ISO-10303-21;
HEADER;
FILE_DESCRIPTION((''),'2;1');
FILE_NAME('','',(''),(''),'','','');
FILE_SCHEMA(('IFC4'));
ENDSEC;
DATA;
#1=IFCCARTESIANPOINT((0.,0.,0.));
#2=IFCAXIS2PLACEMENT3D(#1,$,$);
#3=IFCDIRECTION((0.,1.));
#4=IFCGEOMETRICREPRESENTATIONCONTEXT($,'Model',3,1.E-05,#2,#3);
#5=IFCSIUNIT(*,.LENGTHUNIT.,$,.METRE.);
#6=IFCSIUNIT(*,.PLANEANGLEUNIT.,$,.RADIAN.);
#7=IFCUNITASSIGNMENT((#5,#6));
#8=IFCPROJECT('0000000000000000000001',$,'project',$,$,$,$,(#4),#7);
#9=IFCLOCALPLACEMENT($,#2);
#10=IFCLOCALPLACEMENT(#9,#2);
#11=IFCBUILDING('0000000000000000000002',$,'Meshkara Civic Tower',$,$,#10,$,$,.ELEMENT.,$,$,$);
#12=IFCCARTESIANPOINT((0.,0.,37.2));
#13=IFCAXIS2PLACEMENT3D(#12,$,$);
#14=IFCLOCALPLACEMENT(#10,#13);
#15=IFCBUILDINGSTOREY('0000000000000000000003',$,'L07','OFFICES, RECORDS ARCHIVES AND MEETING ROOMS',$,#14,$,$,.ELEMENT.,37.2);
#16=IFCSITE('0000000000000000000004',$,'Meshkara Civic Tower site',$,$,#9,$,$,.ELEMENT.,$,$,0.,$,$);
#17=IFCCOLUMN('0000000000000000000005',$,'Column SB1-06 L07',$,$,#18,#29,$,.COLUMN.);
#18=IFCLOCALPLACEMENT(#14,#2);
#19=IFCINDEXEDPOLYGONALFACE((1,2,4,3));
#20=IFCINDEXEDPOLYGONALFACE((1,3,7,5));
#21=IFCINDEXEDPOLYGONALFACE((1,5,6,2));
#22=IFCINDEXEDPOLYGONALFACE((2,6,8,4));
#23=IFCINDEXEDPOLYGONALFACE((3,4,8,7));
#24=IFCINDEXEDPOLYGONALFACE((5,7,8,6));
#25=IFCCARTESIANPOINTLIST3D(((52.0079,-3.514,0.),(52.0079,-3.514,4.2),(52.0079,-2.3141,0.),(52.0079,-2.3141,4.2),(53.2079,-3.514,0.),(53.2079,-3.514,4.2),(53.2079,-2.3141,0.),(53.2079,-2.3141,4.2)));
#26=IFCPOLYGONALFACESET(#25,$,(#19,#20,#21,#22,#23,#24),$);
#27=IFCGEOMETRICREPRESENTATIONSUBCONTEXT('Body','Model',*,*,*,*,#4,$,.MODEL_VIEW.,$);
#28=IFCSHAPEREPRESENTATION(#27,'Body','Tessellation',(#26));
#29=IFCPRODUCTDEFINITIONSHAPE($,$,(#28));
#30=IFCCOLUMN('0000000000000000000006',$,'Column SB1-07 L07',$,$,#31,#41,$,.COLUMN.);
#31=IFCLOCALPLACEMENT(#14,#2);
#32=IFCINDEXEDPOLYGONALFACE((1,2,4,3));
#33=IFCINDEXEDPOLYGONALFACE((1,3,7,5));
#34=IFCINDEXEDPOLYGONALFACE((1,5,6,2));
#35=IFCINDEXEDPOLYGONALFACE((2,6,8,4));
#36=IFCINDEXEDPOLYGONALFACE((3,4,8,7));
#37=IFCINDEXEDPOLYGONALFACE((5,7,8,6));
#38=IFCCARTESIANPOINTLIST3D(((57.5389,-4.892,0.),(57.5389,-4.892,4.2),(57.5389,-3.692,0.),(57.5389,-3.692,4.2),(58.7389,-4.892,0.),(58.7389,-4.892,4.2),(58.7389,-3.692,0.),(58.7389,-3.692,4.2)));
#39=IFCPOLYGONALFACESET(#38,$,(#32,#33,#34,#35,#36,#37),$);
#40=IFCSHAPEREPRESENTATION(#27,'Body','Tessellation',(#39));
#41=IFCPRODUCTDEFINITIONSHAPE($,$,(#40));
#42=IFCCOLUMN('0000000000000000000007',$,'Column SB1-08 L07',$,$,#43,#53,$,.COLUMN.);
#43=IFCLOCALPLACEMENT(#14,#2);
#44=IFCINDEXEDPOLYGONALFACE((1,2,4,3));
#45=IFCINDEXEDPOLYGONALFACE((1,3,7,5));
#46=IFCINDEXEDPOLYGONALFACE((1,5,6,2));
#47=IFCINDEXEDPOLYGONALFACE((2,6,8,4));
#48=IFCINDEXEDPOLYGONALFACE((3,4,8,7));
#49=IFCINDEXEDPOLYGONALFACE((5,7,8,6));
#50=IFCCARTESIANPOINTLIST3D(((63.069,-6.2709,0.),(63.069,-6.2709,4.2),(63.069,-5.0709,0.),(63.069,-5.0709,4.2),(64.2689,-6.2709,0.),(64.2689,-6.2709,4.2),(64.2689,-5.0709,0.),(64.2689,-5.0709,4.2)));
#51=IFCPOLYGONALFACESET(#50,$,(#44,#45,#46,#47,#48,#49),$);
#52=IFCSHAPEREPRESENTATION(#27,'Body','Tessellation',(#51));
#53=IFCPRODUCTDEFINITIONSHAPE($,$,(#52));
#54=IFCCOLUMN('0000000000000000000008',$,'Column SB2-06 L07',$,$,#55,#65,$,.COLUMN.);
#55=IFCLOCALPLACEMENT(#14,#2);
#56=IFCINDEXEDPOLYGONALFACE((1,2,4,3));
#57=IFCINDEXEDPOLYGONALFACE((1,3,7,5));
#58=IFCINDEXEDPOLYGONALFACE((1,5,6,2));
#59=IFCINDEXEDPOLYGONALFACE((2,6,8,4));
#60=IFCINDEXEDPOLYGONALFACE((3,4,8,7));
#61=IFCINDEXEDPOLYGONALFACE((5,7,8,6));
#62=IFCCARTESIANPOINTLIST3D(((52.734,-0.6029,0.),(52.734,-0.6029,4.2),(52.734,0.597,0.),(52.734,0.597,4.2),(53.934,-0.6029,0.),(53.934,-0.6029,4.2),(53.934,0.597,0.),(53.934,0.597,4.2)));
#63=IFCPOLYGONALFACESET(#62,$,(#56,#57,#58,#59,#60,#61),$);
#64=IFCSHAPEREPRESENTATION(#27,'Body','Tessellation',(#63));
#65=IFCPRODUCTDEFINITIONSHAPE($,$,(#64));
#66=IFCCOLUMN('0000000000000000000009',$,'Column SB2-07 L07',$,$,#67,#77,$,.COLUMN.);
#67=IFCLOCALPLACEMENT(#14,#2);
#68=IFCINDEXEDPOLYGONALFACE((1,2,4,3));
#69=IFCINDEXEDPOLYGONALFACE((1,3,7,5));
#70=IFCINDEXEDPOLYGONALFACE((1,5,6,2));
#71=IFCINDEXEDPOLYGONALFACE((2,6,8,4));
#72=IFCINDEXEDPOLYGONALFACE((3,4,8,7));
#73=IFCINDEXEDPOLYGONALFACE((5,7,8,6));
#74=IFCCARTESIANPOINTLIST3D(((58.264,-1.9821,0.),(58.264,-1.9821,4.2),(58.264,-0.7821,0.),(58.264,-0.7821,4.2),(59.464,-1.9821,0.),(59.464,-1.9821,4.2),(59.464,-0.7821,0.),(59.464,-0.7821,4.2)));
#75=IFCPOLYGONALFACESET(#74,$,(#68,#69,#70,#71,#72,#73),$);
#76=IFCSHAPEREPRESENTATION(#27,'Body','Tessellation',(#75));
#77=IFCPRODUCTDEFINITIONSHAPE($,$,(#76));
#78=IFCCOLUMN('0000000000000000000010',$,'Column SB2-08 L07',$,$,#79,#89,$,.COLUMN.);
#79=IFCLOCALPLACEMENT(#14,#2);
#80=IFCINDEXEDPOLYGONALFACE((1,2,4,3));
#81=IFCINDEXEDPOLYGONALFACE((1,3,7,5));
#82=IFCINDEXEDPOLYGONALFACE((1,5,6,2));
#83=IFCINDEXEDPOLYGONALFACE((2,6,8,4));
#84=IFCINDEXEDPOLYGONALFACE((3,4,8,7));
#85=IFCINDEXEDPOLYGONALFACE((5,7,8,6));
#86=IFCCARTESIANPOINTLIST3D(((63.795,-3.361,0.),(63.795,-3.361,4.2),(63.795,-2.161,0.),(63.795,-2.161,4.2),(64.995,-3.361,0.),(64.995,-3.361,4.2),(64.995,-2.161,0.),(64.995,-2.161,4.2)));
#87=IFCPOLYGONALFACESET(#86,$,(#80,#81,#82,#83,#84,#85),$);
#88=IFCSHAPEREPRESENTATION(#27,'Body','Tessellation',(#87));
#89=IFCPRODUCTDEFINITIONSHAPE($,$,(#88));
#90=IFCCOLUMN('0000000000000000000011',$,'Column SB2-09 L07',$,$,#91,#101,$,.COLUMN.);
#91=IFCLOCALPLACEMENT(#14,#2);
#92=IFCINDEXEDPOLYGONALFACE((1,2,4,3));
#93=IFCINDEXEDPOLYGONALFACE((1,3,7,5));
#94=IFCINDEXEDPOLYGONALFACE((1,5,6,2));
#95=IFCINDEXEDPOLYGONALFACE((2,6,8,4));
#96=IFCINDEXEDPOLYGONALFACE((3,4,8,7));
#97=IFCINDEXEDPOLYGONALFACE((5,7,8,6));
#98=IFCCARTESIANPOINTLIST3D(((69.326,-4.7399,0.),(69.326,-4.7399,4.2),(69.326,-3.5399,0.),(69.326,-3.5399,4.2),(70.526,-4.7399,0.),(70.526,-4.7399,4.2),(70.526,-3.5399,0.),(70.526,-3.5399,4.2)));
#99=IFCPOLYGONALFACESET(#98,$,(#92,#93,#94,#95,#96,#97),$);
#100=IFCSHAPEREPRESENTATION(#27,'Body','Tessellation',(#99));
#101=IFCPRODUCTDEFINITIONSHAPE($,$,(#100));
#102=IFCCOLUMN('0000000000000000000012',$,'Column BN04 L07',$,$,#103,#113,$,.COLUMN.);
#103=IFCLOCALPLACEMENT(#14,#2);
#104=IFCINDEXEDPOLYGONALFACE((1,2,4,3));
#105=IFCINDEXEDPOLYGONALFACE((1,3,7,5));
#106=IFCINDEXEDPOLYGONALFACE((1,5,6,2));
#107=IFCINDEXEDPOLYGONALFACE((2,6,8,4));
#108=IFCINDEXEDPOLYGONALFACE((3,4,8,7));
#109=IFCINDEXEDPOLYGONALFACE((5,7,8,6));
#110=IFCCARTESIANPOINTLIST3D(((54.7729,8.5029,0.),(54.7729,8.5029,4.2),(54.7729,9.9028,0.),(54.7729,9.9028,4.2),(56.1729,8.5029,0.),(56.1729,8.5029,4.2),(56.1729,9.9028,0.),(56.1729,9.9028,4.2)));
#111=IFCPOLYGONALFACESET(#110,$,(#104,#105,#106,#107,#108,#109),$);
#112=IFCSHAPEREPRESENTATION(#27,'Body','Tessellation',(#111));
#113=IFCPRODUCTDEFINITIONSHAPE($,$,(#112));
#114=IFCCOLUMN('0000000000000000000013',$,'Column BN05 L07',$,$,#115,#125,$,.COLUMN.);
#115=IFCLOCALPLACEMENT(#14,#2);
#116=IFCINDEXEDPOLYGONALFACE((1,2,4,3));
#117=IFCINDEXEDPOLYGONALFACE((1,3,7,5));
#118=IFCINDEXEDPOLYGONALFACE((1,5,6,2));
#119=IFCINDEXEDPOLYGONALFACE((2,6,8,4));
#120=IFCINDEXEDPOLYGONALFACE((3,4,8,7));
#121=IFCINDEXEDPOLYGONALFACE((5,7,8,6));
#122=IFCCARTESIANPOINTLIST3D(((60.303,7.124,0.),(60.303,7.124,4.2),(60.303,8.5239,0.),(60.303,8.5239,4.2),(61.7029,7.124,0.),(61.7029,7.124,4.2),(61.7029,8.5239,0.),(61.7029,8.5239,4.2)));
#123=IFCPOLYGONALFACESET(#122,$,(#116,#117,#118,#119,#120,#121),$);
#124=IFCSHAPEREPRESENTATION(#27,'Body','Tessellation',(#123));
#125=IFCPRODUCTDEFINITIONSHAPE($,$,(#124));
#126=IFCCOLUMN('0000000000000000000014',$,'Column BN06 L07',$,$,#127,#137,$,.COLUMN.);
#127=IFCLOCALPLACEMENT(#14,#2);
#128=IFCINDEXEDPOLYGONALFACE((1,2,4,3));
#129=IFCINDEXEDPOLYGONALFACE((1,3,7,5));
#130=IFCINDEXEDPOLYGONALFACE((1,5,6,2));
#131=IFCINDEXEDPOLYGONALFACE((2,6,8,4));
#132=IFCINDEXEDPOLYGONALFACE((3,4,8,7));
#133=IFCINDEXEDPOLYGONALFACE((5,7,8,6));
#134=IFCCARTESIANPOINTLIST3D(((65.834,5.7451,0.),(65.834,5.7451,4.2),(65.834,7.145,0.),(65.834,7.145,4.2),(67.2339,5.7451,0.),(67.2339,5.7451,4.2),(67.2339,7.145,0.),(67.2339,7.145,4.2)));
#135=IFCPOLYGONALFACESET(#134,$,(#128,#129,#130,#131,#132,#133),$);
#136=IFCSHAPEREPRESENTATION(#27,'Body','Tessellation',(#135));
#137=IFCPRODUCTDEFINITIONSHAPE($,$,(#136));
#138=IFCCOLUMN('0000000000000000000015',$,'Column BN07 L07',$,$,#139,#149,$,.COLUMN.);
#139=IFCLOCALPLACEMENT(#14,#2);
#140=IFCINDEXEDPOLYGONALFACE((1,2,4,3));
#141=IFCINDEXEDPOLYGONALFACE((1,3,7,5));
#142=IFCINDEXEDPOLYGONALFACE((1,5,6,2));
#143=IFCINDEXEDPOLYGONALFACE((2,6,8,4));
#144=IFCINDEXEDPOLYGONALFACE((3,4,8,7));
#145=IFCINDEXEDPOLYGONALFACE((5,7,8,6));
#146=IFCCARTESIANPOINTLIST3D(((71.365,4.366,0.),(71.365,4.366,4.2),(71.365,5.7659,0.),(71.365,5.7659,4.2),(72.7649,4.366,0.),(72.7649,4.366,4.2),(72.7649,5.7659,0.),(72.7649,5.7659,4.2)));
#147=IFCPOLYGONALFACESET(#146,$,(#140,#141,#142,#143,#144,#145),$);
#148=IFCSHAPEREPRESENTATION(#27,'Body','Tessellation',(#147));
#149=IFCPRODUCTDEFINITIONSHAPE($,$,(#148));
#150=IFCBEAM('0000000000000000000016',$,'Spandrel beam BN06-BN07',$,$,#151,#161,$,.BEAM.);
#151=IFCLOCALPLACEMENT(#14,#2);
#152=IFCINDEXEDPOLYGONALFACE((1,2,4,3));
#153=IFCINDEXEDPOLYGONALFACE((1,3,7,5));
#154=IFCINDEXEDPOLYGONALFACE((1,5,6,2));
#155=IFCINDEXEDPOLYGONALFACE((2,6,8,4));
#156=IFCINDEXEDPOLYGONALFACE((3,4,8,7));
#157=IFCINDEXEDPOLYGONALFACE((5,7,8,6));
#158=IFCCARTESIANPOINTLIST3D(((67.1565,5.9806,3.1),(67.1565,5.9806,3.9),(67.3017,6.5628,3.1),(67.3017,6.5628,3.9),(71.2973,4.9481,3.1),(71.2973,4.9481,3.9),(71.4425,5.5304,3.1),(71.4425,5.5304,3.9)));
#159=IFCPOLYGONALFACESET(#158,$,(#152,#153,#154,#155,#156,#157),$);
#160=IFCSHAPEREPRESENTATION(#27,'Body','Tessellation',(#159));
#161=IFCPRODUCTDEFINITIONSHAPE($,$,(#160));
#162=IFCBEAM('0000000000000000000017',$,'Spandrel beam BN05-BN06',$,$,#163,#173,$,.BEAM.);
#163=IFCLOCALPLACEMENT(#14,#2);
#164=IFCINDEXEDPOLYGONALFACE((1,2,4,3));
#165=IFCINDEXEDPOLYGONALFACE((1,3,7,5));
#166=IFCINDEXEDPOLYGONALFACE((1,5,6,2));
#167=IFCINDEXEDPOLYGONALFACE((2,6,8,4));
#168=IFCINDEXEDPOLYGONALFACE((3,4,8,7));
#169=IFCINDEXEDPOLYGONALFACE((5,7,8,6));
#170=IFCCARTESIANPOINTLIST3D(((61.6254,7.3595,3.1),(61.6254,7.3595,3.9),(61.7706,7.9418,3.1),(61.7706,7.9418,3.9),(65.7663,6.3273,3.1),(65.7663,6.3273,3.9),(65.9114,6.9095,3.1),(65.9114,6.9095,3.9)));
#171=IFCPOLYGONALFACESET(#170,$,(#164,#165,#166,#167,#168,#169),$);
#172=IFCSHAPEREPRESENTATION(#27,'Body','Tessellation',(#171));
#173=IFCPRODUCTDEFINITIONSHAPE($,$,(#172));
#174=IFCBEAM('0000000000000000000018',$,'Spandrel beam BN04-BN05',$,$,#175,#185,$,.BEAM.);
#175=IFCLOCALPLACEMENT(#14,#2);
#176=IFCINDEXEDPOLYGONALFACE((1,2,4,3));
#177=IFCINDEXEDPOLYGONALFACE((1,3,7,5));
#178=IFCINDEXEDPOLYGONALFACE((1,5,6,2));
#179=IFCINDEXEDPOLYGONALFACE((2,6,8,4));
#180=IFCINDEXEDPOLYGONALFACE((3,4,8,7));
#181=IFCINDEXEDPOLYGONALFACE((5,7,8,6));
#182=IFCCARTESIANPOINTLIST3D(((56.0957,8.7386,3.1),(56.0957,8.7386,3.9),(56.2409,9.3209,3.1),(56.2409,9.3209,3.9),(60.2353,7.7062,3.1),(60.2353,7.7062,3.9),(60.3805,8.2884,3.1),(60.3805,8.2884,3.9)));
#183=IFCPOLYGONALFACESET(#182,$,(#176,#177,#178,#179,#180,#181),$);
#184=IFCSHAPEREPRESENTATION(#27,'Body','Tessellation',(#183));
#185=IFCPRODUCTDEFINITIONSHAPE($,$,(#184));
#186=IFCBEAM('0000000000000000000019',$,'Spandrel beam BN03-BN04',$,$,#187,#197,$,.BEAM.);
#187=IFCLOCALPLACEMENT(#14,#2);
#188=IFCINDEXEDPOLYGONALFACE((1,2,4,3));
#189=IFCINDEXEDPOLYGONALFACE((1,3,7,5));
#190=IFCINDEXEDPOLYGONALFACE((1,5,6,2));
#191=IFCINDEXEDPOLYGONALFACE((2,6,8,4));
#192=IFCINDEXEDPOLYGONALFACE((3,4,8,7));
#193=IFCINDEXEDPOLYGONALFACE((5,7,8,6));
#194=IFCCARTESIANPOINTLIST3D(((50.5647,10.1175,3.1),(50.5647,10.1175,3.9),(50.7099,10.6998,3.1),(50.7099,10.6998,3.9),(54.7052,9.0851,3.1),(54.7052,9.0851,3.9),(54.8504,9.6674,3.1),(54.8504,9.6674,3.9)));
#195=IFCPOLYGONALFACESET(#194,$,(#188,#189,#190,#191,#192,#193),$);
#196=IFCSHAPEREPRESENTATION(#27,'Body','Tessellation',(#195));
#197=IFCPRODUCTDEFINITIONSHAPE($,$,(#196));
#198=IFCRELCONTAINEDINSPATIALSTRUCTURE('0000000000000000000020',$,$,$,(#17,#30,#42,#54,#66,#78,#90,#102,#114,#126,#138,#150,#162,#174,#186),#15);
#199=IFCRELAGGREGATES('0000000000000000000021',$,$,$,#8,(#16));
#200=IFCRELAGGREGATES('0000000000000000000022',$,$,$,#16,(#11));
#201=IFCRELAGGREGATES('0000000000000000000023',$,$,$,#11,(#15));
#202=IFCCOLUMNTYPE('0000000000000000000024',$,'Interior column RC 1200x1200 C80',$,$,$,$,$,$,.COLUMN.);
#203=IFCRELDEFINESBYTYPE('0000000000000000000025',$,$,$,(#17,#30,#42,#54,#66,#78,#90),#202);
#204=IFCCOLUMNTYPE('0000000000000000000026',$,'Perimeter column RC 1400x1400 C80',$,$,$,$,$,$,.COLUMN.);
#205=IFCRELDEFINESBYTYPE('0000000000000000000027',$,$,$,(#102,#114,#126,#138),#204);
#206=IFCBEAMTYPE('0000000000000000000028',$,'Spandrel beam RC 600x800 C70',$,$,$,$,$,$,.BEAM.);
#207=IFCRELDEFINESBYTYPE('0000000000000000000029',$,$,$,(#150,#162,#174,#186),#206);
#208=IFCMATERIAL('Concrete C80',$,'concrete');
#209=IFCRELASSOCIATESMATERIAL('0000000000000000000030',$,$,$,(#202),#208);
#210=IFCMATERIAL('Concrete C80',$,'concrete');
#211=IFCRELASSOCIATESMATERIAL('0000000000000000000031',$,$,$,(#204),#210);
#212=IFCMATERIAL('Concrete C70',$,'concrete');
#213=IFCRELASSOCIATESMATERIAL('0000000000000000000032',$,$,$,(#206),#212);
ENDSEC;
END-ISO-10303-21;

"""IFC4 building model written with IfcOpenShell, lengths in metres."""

from ifc_helpers import new_model, si_unit, direction, frame, origin, origin_2d, place, context, subcontext, project, spatial, rectangle, extrude, material, material_profile, profile_set, type_object, element, save


model = new_model("IFC4")

# Units and contexts
model_context = context("Model", 3, precision=1e-05, world=origin(), true_north=direction((0.0, 1.0)))
body_context = subcontext(model_context, "Body", "Model", "MODEL_VIEW")
ifc_project = project(units=[si_unit("LENGTHUNIT", "METRE"), si_unit("PLANEANGLEUNIT", "RADIAN")], contexts=[model_context])

# Site, building, storey
site_placement = place(None, origin())
site = spatial("IfcSite", under=ifc_project, at=site_placement, Name="Meshkara Civic Tower site", CompositionType="ELEMENT", RefElevation=0.0)
building_placement = place(site_placement, origin())
building = spatial("IfcBuilding", under=site, at=building_placement, Name="Meshkara Civic Tower", CompositionType="ELEMENT")
storey_placement = place(building_placement, frame((0.0, 0.0, 37.2)))
storey = spatial("IfcBuildingStorey", under=building, at=storey_placement, Name="L07", Description="OFFICES, RECORDS ARCHIVES AND MEETING ROOMS", CompositionType="ELEMENT", Elevation=37.2)

# Columns
ifc_material_1 = material(Name="Concrete C80", Category="concrete")
ifc_material_profile_1 = material_profile(ifc_material_1, rectangle(XDim=1.2, YDim=1.2, at=origin_2d()))
ifc_profile_set_1 = profile_set([ifc_material_profile_1], Name="Concrete C80")
column_type_1 = type_object("IfcColumnType", Name="Interior column RC 1200x1200 C80", PredefinedType="COLUMN", material=ifc_profile_set_1)
for number, where, z_axis, x_axis, name in (
    (1, (52.6079, -2.9141, 0.0), (0.0, 0.0, 1.0), (1.0, 0.0, 0.0), "Column SB1-06 L07"),
    (2, (58.1389, -4.292, 0.0), (0.0, 0.0, 1.0), (1.0, 0.0, 0.0), "Column SB1-07 L07"),
    (3, (63.6689, -5.6709, 0.0), (0.0, 0.0, 1.0), (1.0, 0.0, 0.0), "Column SB1-08 L07"),
    (4, (53.334, -0.0029, 0.0), (0.0, 0.0, 1.0), (1.0, 0.0, 0.0), "Column SB2-06 L07"),
    (5, (58.864, -1.3821, 0.0), (0.0, 0.0, 1.0), (1.0, 0.0, 0.0), "Column SB2-07 L07"),
    (6, (64.395, -2.761, 0.0), (0.0, 0.0, 1.0), (1.0, 0.0, 0.0), "Column SB2-08 L07"),
    (7, (69.926, -4.1399, 0.0), (0.0, 0.0, 1.0), (1.0, 0.0, 0.0), "Column SB2-09 L07"),
):
    element("IfcColumn", number, at=place(storey_placement, frame(where, z_axis=z_axis, x_axis=x_axis)), inside=storey, type_object=column_type_1, Name=name, PredefinedType="COLUMN", context=body_context, shape_type="SweptSolid", body=[
        extrude(rectangle(XDim=1.2, YDim=1.2, at=origin_2d()), origin(), (0.0, 0.0, 1.0), 4.2),
    ])
ifc_material_2 = material(Name="Concrete C80", Category="concrete")
ifc_material_profile_2 = material_profile(ifc_material_2, rectangle(XDim=1.3999, YDim=1.3999, at=origin_2d()))
ifc_profile_set_2 = profile_set([ifc_material_profile_2], Name="Concrete C80")
column_type_2 = type_object("IfcColumnType", Name="Perimeter column RC 1400x1400 C80", PredefinedType="COLUMN", material=ifc_profile_set_2)
for number, where, z_axis, x_axis, name in (
    (8, (55.4729, 9.2029, 0.0), (0.0, 0.0, 1.0), (1.0, 0.0, 0.0), "Column BN04 L07"),
    (9, (61.0029, 7.824, 0.0), (0.0, 0.0, 1.0), (1.0, 0.0, 0.0), "Column BN05 L07"),
    (10, (66.5339, 6.4451, 0.0), (0.0, 0.0, 1.0), (1.0, 0.0, 0.0), "Column BN06 L07"),
    (11, (72.0649, 5.0659, 0.0), (0.0, 0.0, 1.0), (1.0, 0.0, 0.0), "Column BN07 L07"),
):
    element("IfcColumn", number, at=place(storey_placement, frame(where, z_axis=z_axis, x_axis=x_axis)), inside=storey, type_object=column_type_2, Name=name, PredefinedType="COLUMN", context=body_context, shape_type="SweptSolid", body=[
        extrude(rectangle(XDim=1.3999, YDim=1.3999, at=origin_2d()), origin(), (0.0, 0.0, 1.0), 4.2),
    ])

# Beams
ifc_material_3 = material(Name="Concrete C70", Category="concrete")
ifc_material_profile_3 = material_profile(ifc_material_3, rectangle(XDim=0.6001, YDim=0.8, at=origin_2d()))
ifc_profile_set_3 = profile_set([ifc_material_profile_3], Name="Concrete C70")
beam_type = type_object("IfcBeamType", Name="Spandrel beam RC 600x800 C70", PredefinedType="BEAM", material=ifc_profile_set_3)
for number, where, z_axis, x_axis, name in (
    (12, (71.3699, 5.2393, 3.5), (-0.970294, 0.24193, 0.0), (-0.24193, -0.970294, 0.0), "Spandrel beam BN06-BN07"),
    (13, (65.8389, 6.6184, 3.5), (-0.970307, 0.241876, 0.0), (-0.241876, -0.970307, 0.0), "Spandrel beam BN05-BN06"),
):
    element("IfcBeam", number, at=place(storey_placement, frame(where, z_axis=z_axis, x_axis=x_axis)), inside=storey, type_object=beam_type, Name=name, PredefinedType="BEAM", context=body_context, shape_type="SweptSolid", body=[
        extrude(rectangle(XDim=0.6001, YDim=0.8, at=origin_2d()), origin(), (0.0, 0.0, 1.0), 4.2676),
    ])
beam_1_placement = place(storey_placement, frame((60.3079, 7.9973, 3.5), z_axis=(-0.970277, 0.241997, 0.0), x_axis=(-0.241997, -0.970277, 0.0)))
element("IfcBeam", 14, at=beam_1_placement, inside=storey, type_object=beam_type, Name="Spandrel beam BN04-BN05", PredefinedType="BEAM", context=body_context, shape_type="SweptSolid", body=[
    extrude(rectangle(XDim=0.6001, YDim=0.8, at=origin_2d()), origin(), (0.0, 0.0, 1.0), 4.2664),
])
beam_2_placement = place(storey_placement, frame((54.7778, 9.3762, 3.5), z_axis=(-0.97029, 0.241943, 0.0), x_axis=(-0.241943, -0.97029, 0.0)))
element("IfcBeam", 15, at=beam_2_placement, inside=storey, type_object=beam_type, Name="Spandrel beam BN03-BN04", PredefinedType="BEAM", context=body_context, shape_type="SweptSolid", body=[
    extrude(rectangle(XDim=0.6001, YDim=0.8, at=origin_2d()), origin(), (0.0, 0.0, 1.0), 4.2673),
])

save(model, "model.ifc")
